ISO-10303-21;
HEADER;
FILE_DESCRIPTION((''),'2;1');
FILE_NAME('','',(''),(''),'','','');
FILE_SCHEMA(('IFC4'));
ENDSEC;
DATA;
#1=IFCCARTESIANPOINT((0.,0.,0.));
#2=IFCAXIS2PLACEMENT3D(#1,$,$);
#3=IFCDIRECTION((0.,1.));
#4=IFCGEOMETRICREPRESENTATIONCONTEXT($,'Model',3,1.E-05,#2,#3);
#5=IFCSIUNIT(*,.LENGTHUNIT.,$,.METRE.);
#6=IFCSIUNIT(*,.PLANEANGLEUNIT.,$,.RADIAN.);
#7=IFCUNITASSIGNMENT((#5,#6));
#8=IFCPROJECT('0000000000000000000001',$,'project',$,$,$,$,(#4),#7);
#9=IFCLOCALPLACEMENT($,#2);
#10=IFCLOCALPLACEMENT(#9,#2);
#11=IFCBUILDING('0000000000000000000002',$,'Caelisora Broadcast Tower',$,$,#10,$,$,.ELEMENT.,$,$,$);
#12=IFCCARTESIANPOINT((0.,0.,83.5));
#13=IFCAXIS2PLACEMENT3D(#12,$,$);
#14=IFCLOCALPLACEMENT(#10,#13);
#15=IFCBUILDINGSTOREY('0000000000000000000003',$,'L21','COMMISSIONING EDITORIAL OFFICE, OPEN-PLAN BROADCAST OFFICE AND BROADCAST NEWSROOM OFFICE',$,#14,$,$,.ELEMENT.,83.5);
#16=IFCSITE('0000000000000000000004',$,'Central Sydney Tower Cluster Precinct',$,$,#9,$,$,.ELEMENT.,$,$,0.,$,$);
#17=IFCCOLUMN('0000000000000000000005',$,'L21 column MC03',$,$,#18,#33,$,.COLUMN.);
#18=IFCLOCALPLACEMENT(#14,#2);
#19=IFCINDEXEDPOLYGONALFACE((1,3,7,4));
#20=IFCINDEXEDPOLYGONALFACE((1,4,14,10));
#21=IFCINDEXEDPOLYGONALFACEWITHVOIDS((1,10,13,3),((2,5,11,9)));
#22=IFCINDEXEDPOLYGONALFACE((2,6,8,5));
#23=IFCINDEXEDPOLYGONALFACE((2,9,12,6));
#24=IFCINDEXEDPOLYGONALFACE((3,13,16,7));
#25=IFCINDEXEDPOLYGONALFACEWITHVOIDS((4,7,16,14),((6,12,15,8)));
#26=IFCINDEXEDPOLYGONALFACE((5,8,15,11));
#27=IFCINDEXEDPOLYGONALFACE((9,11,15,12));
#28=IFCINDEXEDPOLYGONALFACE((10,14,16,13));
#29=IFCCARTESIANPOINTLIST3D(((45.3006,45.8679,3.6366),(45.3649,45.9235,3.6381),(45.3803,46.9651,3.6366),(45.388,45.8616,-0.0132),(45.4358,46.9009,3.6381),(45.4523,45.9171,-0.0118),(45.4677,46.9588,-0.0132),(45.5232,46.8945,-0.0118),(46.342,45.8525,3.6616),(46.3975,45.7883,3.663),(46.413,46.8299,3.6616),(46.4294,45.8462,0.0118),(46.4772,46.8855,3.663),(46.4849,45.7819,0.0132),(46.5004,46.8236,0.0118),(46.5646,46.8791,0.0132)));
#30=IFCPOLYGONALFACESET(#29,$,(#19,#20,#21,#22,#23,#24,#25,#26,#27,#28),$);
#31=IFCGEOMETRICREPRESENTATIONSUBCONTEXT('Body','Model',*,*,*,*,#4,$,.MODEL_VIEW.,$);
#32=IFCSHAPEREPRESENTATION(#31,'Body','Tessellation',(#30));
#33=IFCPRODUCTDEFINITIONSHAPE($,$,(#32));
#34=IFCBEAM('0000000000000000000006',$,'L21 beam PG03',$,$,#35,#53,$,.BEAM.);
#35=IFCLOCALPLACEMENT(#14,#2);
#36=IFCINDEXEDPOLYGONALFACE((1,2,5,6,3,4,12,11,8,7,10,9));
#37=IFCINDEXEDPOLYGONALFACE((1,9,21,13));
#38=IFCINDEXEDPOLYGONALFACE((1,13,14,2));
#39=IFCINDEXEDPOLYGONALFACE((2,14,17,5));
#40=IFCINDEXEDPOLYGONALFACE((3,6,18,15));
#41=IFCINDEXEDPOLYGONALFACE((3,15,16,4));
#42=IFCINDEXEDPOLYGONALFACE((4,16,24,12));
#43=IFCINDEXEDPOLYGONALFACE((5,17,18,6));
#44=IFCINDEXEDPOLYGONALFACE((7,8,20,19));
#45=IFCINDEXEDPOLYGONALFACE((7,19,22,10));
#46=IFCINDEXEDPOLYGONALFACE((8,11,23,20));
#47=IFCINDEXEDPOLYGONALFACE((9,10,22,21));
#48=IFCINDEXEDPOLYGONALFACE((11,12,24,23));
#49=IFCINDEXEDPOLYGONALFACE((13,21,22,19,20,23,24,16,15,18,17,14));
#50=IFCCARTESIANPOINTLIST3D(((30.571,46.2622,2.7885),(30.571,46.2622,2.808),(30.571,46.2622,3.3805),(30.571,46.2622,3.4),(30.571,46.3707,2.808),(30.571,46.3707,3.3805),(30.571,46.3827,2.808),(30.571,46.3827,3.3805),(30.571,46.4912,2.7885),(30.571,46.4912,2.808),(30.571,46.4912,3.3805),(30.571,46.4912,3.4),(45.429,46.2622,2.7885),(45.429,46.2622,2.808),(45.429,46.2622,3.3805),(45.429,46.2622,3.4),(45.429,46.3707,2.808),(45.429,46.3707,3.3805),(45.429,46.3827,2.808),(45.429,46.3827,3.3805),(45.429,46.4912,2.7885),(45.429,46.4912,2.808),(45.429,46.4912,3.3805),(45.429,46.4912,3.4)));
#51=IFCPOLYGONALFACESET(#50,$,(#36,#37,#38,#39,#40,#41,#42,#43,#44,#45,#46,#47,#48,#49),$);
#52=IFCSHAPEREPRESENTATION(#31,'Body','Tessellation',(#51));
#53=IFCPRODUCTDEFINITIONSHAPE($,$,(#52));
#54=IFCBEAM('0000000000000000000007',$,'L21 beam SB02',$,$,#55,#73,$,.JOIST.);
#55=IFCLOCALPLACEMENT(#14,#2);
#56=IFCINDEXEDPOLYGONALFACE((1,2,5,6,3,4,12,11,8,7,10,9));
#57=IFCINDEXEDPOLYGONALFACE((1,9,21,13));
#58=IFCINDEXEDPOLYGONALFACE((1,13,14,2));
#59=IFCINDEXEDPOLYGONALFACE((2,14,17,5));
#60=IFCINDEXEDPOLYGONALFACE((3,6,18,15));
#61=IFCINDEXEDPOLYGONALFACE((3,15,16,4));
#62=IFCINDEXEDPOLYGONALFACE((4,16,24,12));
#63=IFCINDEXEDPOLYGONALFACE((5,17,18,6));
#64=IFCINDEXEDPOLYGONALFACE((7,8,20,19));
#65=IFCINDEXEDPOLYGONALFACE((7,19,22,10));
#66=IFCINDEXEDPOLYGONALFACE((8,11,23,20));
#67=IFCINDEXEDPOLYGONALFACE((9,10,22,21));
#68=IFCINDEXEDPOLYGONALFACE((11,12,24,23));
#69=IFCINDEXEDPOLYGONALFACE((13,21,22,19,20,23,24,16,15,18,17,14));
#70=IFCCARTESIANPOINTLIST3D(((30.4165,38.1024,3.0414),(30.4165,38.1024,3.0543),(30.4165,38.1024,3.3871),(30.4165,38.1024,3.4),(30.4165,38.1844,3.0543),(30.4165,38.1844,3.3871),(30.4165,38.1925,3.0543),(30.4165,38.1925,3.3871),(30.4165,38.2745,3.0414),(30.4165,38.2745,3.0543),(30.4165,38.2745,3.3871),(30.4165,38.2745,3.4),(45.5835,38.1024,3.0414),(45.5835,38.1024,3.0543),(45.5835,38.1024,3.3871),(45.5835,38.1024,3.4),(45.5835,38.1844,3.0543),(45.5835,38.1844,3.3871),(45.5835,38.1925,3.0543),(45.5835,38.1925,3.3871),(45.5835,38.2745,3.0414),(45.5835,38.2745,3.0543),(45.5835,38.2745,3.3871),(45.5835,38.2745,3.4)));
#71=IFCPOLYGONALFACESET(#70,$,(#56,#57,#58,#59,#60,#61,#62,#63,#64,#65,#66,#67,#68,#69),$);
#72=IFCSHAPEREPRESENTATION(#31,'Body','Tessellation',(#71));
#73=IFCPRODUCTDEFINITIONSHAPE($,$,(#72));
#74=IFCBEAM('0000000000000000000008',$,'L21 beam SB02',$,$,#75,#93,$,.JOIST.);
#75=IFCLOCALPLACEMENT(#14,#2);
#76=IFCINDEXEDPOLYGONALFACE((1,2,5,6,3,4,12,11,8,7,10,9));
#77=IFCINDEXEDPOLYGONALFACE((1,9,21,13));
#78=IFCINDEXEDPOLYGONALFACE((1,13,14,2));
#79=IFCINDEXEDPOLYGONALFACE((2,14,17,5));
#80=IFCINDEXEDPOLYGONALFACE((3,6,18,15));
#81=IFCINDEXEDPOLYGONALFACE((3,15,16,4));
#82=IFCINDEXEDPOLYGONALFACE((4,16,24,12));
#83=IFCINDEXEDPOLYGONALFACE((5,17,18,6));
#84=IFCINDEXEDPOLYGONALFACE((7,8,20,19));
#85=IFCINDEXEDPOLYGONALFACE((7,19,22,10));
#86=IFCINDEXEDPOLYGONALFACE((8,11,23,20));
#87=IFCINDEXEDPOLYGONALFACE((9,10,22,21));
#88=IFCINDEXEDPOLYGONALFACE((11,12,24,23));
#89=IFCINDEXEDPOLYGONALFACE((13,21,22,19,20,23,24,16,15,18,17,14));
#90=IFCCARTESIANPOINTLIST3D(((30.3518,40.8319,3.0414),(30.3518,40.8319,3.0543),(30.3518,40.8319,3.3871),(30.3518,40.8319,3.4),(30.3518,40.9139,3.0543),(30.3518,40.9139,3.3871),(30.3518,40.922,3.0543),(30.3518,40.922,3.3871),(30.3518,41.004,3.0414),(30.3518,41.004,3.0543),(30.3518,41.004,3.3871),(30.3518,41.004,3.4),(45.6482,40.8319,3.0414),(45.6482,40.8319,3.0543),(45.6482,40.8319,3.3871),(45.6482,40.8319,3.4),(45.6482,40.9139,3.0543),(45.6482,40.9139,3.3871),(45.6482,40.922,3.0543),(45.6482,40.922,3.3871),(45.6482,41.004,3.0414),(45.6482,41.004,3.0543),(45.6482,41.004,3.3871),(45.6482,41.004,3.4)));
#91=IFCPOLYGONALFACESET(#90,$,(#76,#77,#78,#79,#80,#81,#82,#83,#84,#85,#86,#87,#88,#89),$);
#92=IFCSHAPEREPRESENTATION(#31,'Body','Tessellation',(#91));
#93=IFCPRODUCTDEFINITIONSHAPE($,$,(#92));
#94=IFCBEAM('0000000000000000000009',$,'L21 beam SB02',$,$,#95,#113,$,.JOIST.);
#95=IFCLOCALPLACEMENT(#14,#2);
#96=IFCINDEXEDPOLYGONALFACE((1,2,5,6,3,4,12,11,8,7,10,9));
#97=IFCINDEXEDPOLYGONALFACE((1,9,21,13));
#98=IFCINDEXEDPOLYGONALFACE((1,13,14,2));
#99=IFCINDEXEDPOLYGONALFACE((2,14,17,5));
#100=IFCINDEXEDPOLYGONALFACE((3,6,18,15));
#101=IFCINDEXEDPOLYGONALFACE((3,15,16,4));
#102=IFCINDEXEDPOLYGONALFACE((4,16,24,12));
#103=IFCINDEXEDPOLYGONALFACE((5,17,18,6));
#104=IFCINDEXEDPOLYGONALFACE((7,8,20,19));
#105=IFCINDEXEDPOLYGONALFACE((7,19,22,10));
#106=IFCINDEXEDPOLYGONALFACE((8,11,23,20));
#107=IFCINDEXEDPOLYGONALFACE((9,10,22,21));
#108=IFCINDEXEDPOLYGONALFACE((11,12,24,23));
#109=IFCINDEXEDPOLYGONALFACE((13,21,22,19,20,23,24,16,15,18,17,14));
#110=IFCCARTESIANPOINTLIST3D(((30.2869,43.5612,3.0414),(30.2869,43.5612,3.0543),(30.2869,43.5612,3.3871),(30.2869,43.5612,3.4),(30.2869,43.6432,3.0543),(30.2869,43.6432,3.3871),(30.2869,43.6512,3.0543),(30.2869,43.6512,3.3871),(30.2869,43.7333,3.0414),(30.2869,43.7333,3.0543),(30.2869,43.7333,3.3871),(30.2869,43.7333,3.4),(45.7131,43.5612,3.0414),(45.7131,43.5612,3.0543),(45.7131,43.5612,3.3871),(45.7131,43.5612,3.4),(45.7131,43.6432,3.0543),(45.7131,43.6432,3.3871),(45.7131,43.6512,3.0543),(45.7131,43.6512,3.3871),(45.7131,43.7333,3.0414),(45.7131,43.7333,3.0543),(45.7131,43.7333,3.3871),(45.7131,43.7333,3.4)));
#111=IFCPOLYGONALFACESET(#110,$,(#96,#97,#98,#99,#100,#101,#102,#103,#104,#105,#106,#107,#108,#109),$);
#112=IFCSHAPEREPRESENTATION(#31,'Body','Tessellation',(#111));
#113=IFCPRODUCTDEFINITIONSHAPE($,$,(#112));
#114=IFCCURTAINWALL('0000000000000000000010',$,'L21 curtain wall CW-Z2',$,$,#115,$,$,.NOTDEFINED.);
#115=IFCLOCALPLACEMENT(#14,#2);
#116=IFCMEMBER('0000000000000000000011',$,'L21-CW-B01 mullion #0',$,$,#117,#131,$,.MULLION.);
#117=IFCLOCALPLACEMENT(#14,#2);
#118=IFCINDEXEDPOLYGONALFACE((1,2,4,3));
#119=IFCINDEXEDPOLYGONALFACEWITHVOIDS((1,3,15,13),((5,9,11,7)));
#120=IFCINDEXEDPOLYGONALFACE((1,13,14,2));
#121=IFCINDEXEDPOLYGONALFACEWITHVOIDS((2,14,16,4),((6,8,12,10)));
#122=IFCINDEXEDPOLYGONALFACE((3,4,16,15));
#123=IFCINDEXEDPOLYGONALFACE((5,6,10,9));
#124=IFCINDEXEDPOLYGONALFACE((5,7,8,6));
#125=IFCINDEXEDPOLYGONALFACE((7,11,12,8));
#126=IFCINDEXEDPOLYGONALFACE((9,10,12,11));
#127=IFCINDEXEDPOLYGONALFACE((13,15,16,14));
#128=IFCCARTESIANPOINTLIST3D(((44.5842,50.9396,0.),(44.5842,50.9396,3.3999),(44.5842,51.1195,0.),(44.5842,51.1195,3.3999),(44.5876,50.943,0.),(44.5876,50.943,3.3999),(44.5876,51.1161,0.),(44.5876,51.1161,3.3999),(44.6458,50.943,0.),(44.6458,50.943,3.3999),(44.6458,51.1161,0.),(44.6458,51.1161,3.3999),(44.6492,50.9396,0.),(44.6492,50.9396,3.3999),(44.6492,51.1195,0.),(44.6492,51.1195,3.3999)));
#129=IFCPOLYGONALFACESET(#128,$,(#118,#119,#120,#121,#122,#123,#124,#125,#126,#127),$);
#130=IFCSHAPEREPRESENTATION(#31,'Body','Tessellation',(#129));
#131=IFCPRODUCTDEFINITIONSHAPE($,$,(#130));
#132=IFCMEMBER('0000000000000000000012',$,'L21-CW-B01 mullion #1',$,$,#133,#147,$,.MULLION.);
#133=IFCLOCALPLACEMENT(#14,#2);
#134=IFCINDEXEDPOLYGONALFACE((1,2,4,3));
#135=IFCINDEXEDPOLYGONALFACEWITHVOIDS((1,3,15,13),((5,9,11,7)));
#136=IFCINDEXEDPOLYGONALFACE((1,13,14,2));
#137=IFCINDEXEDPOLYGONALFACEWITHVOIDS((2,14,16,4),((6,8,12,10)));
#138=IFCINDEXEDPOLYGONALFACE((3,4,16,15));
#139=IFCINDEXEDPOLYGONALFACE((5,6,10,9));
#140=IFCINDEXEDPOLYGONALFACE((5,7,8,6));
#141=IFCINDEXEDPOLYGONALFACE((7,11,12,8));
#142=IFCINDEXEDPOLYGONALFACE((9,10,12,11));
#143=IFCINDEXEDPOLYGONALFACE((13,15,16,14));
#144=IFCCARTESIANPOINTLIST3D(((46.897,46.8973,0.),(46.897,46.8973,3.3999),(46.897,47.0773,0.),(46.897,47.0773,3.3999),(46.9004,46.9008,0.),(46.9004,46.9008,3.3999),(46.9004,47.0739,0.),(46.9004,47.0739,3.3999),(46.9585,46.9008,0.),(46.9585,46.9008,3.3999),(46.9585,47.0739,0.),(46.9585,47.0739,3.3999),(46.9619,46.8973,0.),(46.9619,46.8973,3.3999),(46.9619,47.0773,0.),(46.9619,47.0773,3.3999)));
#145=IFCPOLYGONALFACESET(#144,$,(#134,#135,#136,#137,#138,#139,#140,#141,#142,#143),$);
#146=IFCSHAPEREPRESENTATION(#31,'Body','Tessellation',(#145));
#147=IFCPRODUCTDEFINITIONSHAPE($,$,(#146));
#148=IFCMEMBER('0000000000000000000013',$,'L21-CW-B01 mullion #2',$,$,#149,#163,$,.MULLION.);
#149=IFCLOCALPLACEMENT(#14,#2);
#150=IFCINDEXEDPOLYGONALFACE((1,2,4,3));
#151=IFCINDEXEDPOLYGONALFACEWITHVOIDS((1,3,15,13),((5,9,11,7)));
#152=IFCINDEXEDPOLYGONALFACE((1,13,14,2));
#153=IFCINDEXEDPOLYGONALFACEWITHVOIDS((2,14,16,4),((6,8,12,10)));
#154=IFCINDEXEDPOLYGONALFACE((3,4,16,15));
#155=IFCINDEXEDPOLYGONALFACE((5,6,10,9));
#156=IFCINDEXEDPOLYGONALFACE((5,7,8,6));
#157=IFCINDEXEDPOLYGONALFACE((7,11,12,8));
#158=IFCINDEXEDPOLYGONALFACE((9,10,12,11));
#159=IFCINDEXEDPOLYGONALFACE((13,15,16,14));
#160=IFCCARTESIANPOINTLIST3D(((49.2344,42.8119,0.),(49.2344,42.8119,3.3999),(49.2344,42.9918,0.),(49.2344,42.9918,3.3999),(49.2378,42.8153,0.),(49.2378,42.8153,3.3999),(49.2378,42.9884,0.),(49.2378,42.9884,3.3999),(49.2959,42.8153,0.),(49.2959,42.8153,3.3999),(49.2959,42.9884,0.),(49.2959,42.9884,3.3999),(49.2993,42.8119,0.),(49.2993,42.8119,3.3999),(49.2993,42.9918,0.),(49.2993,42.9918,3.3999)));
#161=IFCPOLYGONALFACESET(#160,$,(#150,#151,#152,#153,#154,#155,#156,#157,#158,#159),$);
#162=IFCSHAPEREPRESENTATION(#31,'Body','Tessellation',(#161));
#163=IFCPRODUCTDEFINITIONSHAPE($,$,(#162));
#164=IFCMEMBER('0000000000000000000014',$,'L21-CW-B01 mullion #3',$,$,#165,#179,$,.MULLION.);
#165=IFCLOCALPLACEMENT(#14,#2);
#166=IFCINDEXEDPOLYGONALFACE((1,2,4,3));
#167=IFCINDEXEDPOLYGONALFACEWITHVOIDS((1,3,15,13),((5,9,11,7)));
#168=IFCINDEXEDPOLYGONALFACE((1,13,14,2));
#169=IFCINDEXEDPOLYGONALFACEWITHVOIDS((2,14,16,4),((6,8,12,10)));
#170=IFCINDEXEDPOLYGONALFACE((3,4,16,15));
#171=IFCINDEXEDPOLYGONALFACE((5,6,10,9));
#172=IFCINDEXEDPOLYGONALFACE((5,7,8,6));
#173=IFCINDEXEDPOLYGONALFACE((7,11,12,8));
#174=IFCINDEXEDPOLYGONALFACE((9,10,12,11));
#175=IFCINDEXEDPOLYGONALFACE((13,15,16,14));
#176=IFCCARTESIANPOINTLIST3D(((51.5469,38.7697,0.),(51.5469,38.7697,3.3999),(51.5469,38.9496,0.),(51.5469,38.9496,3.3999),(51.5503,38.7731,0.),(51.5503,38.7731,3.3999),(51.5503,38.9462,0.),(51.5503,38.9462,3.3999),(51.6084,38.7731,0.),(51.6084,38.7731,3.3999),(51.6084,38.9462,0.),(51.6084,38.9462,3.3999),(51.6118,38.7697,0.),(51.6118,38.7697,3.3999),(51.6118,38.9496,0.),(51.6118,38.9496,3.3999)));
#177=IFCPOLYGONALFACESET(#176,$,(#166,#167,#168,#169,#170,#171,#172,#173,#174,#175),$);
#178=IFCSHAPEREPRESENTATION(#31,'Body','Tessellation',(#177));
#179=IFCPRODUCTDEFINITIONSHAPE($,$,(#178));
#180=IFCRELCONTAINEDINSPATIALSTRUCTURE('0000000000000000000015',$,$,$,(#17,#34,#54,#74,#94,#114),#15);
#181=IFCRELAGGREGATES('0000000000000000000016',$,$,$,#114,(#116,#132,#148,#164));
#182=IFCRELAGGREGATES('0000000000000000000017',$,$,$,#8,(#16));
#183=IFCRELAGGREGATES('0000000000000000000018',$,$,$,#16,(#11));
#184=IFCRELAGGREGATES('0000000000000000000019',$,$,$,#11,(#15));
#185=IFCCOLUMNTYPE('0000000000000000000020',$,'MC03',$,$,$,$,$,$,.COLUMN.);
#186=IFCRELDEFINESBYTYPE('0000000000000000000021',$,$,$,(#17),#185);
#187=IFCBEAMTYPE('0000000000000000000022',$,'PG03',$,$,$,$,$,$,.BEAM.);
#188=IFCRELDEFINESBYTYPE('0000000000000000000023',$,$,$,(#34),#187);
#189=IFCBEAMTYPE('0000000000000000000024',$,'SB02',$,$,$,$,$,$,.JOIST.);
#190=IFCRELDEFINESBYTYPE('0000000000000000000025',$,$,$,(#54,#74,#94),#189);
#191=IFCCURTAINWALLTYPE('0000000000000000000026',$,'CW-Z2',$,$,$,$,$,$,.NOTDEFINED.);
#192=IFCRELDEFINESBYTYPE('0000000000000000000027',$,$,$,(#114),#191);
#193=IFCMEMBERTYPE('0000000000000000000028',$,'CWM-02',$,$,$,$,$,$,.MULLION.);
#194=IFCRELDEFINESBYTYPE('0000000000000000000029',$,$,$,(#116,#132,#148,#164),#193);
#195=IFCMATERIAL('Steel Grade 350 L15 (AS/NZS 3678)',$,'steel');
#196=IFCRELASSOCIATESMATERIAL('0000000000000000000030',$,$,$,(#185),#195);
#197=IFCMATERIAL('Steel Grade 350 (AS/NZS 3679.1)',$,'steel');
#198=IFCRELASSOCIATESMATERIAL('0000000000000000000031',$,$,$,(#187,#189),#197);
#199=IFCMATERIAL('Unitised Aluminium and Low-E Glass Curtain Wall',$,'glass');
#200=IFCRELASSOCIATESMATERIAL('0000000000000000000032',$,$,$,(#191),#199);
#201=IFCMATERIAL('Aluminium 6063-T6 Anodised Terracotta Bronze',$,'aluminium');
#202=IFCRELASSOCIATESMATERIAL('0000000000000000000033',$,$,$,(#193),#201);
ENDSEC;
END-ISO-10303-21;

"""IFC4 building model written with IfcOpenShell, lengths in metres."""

from ifc_helpers import new_model, si_unit, direction, frame, origin, origin_2d, place, context, subcontext, project, spatial, hollow_rectangle, i_section, extrude, source, transform, mapped, material, material_profile, profile_set, type_object, type_shapes, element, aggregate, save


model = new_model("IFC4")

# Units and contexts
model_context = context("Model", 3, precision=1e-05, world=origin(), true_north=direction((0.0, 1.0)))
body_context = subcontext(model_context, "Body", "Model", "MODEL_VIEW")
ifc_project = project(units=[si_unit("LENGTHUNIT", "METRE"), si_unit("PLANEANGLEUNIT", "RADIAN")], contexts=[model_context])

# Site, building, storey
site_placement = place(None, origin())
site = spatial("IfcSite", under=ifc_project, at=site_placement, Name="Central Sydney Tower Cluster Precinct", CompositionType="ELEMENT", RefElevation=0.0)
building_placement = place(site_placement, origin())
building = spatial("IfcBuilding", under=site, at=building_placement, Name="Caelisora Broadcast Tower", CompositionType="ELEMENT")
storey_placement = place(building_placement, frame((0.0, 0.0, 83.5)))
storey = spatial("IfcBuildingStorey", under=building, at=storey_placement, Name="L21", Description="COMMISSIONING EDITORIAL OFFICE, OPEN-PLAN BROADCAST OFFICE AND BROADCAST NEWSROOM OFFICE", CompositionType="ELEMENT", Elevation=83.5)

# Column
ifc_material_1 = material(Name="Steel Grade 350 L15 (AS/NZS 3678)", Category="steel")
ifc_material_profile_1 = material_profile(ifc_material_1, hollow_rectangle(XDim=1.1001, YDim=1.1001, WallThickness=0.0601, at=origin_2d()), Name="Steel Grade 350 L15 (AS/NZS 3678)")
ifc_profile_set_1 = profile_set([ifc_material_profile_1], Name="Steel Grade 350 L15 (AS/NZS 3678)")
column_type = type_object("IfcColumnType", Name="MC03", PredefinedType="COLUMN", material=ifc_profile_set_1)
shared_shape_1 = source(origin(), body_context, "Body", "SweptSolid", [
    extrude(hollow_rectangle(XDim=1.1001, YDim=1.1001, WallThickness=0.0601, at=origin_2d()), origin(), (0.0, 0.0, 1.0), 3.6509),
])
type_shapes(column_type, [shared_shape_1])
column_placement = place(storey_placement, frame((45.9763, 46.3704, 0.0), z_axis=(-0.02394, 0.001739, 0.999712), x_axis=(-0.072435, -0.997373, 0.0)))
element("IfcColumn", 1, at=column_placement, inside=storey, type_object=column_type, Name="L21 column MC03", PredefinedType="COLUMN", context=body_context, shape_type="MappedRepresentation", body=[
    mapped(shared_shape_1, transform((0.0, 0.0, 0.0), scale=1.0)),
])

# Beams
ifc_material_2 = material(Name="Steel Grade 350 (AS/NZS 3679.1)", Category="steel")
ifc_material_profile_2 = material_profile(ifc_material_2, i_section(OverallWidth=0.229, OverallDepth=0.6116, WebThickness=0.012, FlangeThickness=0.0195, at=origin_2d()), Name="Steel Grade 350 (AS/NZS 3679.1)")
ifc_profile_set_2 = profile_set([ifc_material_profile_2], Name="Steel Grade 350 (AS/NZS 3679.1)")
beam_type_1 = type_object("IfcBeamType", Name="PG03", PredefinedType="BEAM", material=ifc_profile_set_2)
shared_shape_2 = source(origin(), body_context, "Body", "SweptSolid", [
    extrude(i_section(OverallWidth=0.229, OverallDepth=0.6116, WebThickness=0.012, FlangeThickness=0.0195, at=origin_2d()), origin(), (0.0, 0.0, 1.0), 14.8579),
])
type_shapes(beam_type_1, [shared_shape_2])
beam_1_placement = place(storey_placement, frame((45.429, 46.3767, 3.0942), z_axis=(-1.0, 0.0, 0.0), x_axis=(0.0, -1.0, 0.0)))
element("IfcBeam", 2, at=beam_1_placement, inside=storey, type_object=beam_type_1, Name="L21 beam PG03", PredefinedType="BEAM", context=body_context, shape_type="MappedRepresentation", body=[
    mapped(shared_shape_2, transform((0.0, 0.0, 0.0), scale=1.0)),
])
ifc_material_profile_3 = material_profile(ifc_material_2, i_section(OverallWidth=0.1721, OverallDepth=0.3586, WebThickness=0.0081, FlangeThickness=0.0129, at=origin_2d()), Name="Steel Grade 350 (AS/NZS 3679.1)")
ifc_profile_set_3 = profile_set([ifc_material_profile_3], Name="Steel Grade 350 (AS/NZS 3679.1)")
beam_type_2 = type_object("IfcBeamType", Name="SB02", PredefinedType="JOIST", material=ifc_profile_set_3)
shared_shape_3 = source(origin(), body_context, "Body", "SweptSolid", [
    extrude(i_section(OverallWidth=0.1721, OverallDepth=0.3586, WebThickness=0.0081, FlangeThickness=0.0129, at=origin_2d()), origin(), (0.0, 0.0, 1.0), 15.167),
])
beam_2_placement = place(storey_placement, frame((45.5835, 38.1885, 3.2207), z_axis=(-1.0, 0.0, 0.0), x_axis=(0.0, -1.0, 0.0)))
element("IfcBeam", 3, at=beam_2_placement, inside=storey, type_object=beam_type_2, Name="L21 beam SB02", PredefinedType="JOIST", context=body_context, shape_type="MappedRepresentation", body=[
    mapped(shared_shape_3, transform((0.0, 0.0, 0.0), scale=1.0)),
])
shared_shape_4 = source(origin(), body_context, "Body", "SweptSolid", [
    extrude(i_section(OverallWidth=0.1721, OverallDepth=0.3586, WebThickness=0.0081, FlangeThickness=0.0129, at=origin_2d()), origin(), (0.0, 0.0, 1.0), 15.2964),
])
beam_3_placement = place(storey_placement, frame((45.6482, 40.918, 3.2207), z_axis=(-1.0, 0.0, 0.0), x_axis=(0.0, -1.0, 0.0)))
element("IfcBeam", 4, at=beam_3_placement, inside=storey, type_object=beam_type_2, Name="L21 beam SB02", PredefinedType="JOIST", context=body_context, shape_type="MappedRepresentation", body=[
    mapped(shared_shape_4, transform((0.0, 0.0, 0.0), scale=1.0)),
])
shared_shape_5 = source(origin(), body_context, "Body", "SweptSolid", [
    extrude(i_section(OverallWidth=0.1721, OverallDepth=0.3586, WebThickness=0.0081, FlangeThickness=0.0129, at=origin_2d()), origin(), (0.0, 0.0, 1.0), 15.4263),
])
type_shapes(beam_type_2, [shared_shape_3, shared_shape_4, shared_shape_5])
beam_4_placement = place(storey_placement, frame((45.7131, 43.6472, 3.2207), z_axis=(-1.0, 0.0, 0.0), x_axis=(0.0, -1.0, 0.0)))
element("IfcBeam", 5, at=beam_4_placement, inside=storey, type_object=beam_type_2, Name="L21 beam SB02", PredefinedType="JOIST", context=body_context, shape_type="MappedRepresentation", body=[
    mapped(shared_shape_5, transform((0.0, 0.0, 0.0), scale=1.0)),
])

# Curtain wall, members
ifc_material_3 = material(Name="Unitised Aluminium and Low-E Glass Curtain Wall", Category="glass")
curtain_wall_type_1 = type_object("IfcCurtainWallType", Name="CW-Z2", PredefinedType="NOTDEFINED", material=ifc_material_3)
curtain_wall_1_placement = place(storey_placement, origin())
curtain_wall_1 = element("IfcCurtainWall", 6, at=curtain_wall_1_placement, inside=storey, type_object=curtain_wall_type_1, Name="L21 curtain wall CW-Z2", PredefinedType="NOTDEFINED")
ifc_material_4 = material(Name="Aluminium 6063-T6 Anodised Terracotta Bronze", Category="aluminium")
ifc_material_profile_4 = material_profile(ifc_material_4, hollow_rectangle(XDim=0.0649, YDim=0.1799, WallThickness=0.0034, at=origin_2d()), Name="Aluminium 6063-T6 Anodised Terracotta Bronze")
ifc_profile_set_4 = profile_set([ifc_material_profile_4], Name="Aluminium 6063-T6 Anodised Terracotta Bronze")
member_type_1 = type_object("IfcMemberType", Name="CWM-02", PredefinedType="MULLION", material=ifc_profile_set_4)
shared_shape_6 = source(origin(), body_context, "Body", "SweptSolid", [
    extrude(hollow_rectangle(XDim=0.0649, YDim=0.1799, WallThickness=0.0034, at=origin_2d()), origin(), (0.0, 0.0, 1.0), 3.3999),
])
type_shapes(member_type_1, [shared_shape_6])
member_1_placement = place(storey_placement, frame((44.6167, 51.0295, 0.0), z_axis=(0.0, 0.0, 1.0), x_axis=(1.0, 0.0, 0.0)))
member_1 = element("IfcMember", 7, at=member_1_placement, type_object=member_type_1, Name="L21-CW-B01 mullion #0", PredefinedType="MULLION", context=body_context, shape_type="MappedRepresentation", body=[
    mapped(shared_shape_6, transform((0.0, 0.0, 0.0), scale=1.0)),
])
member_2_placement = place(storey_placement, frame((46.9294, 46.9873, 0.0), z_axis=(0.0, 0.0, 1.0), x_axis=(1.0, 0.0, 0.0)))
member_2 = element("IfcMember", 8, at=member_2_placement, type_object=member_type_1, Name="L21-CW-B01 mullion #1", PredefinedType="MULLION", context=body_context, shape_type="MappedRepresentation", body=[
    mapped(shared_shape_6, transform((0.0, 0.0, 0.0), scale=1.0)),
])
member_3_placement = place(storey_placement, frame((49.2668, 42.9019, 0.0), z_axis=(0.0, 0.0, 1.0), x_axis=(1.0, 0.0, 0.0)))
member_3 = element("IfcMember", 9, at=member_3_placement, type_object=member_type_1, Name="L21-CW-B01 mullion #2", PredefinedType="MULLION", context=body_context, shape_type="MappedRepresentation", body=[
    mapped(shared_shape_6, transform((0.0, 0.0, 0.0), scale=1.0)),
])
member_4_placement = place(storey_placement, frame((51.5793, 38.8596, 0.0), z_axis=(0.0, 0.0, 1.0), x_axis=(1.0, 0.0, 0.0)))
member_4 = element("IfcMember", 10, at=member_4_placement, type_object=member_type_1, Name="L21-CW-B01 mullion #3", PredefinedType="MULLION", context=body_context, shape_type="MappedRepresentation", body=[
    mapped(shared_shape_6, transform((0.0, 0.0, 0.0), scale=1.0)),
])

aggregate(curtain_wall_1, [member_1, member_2, member_3, member_4])

save(model, "model.ifc")
